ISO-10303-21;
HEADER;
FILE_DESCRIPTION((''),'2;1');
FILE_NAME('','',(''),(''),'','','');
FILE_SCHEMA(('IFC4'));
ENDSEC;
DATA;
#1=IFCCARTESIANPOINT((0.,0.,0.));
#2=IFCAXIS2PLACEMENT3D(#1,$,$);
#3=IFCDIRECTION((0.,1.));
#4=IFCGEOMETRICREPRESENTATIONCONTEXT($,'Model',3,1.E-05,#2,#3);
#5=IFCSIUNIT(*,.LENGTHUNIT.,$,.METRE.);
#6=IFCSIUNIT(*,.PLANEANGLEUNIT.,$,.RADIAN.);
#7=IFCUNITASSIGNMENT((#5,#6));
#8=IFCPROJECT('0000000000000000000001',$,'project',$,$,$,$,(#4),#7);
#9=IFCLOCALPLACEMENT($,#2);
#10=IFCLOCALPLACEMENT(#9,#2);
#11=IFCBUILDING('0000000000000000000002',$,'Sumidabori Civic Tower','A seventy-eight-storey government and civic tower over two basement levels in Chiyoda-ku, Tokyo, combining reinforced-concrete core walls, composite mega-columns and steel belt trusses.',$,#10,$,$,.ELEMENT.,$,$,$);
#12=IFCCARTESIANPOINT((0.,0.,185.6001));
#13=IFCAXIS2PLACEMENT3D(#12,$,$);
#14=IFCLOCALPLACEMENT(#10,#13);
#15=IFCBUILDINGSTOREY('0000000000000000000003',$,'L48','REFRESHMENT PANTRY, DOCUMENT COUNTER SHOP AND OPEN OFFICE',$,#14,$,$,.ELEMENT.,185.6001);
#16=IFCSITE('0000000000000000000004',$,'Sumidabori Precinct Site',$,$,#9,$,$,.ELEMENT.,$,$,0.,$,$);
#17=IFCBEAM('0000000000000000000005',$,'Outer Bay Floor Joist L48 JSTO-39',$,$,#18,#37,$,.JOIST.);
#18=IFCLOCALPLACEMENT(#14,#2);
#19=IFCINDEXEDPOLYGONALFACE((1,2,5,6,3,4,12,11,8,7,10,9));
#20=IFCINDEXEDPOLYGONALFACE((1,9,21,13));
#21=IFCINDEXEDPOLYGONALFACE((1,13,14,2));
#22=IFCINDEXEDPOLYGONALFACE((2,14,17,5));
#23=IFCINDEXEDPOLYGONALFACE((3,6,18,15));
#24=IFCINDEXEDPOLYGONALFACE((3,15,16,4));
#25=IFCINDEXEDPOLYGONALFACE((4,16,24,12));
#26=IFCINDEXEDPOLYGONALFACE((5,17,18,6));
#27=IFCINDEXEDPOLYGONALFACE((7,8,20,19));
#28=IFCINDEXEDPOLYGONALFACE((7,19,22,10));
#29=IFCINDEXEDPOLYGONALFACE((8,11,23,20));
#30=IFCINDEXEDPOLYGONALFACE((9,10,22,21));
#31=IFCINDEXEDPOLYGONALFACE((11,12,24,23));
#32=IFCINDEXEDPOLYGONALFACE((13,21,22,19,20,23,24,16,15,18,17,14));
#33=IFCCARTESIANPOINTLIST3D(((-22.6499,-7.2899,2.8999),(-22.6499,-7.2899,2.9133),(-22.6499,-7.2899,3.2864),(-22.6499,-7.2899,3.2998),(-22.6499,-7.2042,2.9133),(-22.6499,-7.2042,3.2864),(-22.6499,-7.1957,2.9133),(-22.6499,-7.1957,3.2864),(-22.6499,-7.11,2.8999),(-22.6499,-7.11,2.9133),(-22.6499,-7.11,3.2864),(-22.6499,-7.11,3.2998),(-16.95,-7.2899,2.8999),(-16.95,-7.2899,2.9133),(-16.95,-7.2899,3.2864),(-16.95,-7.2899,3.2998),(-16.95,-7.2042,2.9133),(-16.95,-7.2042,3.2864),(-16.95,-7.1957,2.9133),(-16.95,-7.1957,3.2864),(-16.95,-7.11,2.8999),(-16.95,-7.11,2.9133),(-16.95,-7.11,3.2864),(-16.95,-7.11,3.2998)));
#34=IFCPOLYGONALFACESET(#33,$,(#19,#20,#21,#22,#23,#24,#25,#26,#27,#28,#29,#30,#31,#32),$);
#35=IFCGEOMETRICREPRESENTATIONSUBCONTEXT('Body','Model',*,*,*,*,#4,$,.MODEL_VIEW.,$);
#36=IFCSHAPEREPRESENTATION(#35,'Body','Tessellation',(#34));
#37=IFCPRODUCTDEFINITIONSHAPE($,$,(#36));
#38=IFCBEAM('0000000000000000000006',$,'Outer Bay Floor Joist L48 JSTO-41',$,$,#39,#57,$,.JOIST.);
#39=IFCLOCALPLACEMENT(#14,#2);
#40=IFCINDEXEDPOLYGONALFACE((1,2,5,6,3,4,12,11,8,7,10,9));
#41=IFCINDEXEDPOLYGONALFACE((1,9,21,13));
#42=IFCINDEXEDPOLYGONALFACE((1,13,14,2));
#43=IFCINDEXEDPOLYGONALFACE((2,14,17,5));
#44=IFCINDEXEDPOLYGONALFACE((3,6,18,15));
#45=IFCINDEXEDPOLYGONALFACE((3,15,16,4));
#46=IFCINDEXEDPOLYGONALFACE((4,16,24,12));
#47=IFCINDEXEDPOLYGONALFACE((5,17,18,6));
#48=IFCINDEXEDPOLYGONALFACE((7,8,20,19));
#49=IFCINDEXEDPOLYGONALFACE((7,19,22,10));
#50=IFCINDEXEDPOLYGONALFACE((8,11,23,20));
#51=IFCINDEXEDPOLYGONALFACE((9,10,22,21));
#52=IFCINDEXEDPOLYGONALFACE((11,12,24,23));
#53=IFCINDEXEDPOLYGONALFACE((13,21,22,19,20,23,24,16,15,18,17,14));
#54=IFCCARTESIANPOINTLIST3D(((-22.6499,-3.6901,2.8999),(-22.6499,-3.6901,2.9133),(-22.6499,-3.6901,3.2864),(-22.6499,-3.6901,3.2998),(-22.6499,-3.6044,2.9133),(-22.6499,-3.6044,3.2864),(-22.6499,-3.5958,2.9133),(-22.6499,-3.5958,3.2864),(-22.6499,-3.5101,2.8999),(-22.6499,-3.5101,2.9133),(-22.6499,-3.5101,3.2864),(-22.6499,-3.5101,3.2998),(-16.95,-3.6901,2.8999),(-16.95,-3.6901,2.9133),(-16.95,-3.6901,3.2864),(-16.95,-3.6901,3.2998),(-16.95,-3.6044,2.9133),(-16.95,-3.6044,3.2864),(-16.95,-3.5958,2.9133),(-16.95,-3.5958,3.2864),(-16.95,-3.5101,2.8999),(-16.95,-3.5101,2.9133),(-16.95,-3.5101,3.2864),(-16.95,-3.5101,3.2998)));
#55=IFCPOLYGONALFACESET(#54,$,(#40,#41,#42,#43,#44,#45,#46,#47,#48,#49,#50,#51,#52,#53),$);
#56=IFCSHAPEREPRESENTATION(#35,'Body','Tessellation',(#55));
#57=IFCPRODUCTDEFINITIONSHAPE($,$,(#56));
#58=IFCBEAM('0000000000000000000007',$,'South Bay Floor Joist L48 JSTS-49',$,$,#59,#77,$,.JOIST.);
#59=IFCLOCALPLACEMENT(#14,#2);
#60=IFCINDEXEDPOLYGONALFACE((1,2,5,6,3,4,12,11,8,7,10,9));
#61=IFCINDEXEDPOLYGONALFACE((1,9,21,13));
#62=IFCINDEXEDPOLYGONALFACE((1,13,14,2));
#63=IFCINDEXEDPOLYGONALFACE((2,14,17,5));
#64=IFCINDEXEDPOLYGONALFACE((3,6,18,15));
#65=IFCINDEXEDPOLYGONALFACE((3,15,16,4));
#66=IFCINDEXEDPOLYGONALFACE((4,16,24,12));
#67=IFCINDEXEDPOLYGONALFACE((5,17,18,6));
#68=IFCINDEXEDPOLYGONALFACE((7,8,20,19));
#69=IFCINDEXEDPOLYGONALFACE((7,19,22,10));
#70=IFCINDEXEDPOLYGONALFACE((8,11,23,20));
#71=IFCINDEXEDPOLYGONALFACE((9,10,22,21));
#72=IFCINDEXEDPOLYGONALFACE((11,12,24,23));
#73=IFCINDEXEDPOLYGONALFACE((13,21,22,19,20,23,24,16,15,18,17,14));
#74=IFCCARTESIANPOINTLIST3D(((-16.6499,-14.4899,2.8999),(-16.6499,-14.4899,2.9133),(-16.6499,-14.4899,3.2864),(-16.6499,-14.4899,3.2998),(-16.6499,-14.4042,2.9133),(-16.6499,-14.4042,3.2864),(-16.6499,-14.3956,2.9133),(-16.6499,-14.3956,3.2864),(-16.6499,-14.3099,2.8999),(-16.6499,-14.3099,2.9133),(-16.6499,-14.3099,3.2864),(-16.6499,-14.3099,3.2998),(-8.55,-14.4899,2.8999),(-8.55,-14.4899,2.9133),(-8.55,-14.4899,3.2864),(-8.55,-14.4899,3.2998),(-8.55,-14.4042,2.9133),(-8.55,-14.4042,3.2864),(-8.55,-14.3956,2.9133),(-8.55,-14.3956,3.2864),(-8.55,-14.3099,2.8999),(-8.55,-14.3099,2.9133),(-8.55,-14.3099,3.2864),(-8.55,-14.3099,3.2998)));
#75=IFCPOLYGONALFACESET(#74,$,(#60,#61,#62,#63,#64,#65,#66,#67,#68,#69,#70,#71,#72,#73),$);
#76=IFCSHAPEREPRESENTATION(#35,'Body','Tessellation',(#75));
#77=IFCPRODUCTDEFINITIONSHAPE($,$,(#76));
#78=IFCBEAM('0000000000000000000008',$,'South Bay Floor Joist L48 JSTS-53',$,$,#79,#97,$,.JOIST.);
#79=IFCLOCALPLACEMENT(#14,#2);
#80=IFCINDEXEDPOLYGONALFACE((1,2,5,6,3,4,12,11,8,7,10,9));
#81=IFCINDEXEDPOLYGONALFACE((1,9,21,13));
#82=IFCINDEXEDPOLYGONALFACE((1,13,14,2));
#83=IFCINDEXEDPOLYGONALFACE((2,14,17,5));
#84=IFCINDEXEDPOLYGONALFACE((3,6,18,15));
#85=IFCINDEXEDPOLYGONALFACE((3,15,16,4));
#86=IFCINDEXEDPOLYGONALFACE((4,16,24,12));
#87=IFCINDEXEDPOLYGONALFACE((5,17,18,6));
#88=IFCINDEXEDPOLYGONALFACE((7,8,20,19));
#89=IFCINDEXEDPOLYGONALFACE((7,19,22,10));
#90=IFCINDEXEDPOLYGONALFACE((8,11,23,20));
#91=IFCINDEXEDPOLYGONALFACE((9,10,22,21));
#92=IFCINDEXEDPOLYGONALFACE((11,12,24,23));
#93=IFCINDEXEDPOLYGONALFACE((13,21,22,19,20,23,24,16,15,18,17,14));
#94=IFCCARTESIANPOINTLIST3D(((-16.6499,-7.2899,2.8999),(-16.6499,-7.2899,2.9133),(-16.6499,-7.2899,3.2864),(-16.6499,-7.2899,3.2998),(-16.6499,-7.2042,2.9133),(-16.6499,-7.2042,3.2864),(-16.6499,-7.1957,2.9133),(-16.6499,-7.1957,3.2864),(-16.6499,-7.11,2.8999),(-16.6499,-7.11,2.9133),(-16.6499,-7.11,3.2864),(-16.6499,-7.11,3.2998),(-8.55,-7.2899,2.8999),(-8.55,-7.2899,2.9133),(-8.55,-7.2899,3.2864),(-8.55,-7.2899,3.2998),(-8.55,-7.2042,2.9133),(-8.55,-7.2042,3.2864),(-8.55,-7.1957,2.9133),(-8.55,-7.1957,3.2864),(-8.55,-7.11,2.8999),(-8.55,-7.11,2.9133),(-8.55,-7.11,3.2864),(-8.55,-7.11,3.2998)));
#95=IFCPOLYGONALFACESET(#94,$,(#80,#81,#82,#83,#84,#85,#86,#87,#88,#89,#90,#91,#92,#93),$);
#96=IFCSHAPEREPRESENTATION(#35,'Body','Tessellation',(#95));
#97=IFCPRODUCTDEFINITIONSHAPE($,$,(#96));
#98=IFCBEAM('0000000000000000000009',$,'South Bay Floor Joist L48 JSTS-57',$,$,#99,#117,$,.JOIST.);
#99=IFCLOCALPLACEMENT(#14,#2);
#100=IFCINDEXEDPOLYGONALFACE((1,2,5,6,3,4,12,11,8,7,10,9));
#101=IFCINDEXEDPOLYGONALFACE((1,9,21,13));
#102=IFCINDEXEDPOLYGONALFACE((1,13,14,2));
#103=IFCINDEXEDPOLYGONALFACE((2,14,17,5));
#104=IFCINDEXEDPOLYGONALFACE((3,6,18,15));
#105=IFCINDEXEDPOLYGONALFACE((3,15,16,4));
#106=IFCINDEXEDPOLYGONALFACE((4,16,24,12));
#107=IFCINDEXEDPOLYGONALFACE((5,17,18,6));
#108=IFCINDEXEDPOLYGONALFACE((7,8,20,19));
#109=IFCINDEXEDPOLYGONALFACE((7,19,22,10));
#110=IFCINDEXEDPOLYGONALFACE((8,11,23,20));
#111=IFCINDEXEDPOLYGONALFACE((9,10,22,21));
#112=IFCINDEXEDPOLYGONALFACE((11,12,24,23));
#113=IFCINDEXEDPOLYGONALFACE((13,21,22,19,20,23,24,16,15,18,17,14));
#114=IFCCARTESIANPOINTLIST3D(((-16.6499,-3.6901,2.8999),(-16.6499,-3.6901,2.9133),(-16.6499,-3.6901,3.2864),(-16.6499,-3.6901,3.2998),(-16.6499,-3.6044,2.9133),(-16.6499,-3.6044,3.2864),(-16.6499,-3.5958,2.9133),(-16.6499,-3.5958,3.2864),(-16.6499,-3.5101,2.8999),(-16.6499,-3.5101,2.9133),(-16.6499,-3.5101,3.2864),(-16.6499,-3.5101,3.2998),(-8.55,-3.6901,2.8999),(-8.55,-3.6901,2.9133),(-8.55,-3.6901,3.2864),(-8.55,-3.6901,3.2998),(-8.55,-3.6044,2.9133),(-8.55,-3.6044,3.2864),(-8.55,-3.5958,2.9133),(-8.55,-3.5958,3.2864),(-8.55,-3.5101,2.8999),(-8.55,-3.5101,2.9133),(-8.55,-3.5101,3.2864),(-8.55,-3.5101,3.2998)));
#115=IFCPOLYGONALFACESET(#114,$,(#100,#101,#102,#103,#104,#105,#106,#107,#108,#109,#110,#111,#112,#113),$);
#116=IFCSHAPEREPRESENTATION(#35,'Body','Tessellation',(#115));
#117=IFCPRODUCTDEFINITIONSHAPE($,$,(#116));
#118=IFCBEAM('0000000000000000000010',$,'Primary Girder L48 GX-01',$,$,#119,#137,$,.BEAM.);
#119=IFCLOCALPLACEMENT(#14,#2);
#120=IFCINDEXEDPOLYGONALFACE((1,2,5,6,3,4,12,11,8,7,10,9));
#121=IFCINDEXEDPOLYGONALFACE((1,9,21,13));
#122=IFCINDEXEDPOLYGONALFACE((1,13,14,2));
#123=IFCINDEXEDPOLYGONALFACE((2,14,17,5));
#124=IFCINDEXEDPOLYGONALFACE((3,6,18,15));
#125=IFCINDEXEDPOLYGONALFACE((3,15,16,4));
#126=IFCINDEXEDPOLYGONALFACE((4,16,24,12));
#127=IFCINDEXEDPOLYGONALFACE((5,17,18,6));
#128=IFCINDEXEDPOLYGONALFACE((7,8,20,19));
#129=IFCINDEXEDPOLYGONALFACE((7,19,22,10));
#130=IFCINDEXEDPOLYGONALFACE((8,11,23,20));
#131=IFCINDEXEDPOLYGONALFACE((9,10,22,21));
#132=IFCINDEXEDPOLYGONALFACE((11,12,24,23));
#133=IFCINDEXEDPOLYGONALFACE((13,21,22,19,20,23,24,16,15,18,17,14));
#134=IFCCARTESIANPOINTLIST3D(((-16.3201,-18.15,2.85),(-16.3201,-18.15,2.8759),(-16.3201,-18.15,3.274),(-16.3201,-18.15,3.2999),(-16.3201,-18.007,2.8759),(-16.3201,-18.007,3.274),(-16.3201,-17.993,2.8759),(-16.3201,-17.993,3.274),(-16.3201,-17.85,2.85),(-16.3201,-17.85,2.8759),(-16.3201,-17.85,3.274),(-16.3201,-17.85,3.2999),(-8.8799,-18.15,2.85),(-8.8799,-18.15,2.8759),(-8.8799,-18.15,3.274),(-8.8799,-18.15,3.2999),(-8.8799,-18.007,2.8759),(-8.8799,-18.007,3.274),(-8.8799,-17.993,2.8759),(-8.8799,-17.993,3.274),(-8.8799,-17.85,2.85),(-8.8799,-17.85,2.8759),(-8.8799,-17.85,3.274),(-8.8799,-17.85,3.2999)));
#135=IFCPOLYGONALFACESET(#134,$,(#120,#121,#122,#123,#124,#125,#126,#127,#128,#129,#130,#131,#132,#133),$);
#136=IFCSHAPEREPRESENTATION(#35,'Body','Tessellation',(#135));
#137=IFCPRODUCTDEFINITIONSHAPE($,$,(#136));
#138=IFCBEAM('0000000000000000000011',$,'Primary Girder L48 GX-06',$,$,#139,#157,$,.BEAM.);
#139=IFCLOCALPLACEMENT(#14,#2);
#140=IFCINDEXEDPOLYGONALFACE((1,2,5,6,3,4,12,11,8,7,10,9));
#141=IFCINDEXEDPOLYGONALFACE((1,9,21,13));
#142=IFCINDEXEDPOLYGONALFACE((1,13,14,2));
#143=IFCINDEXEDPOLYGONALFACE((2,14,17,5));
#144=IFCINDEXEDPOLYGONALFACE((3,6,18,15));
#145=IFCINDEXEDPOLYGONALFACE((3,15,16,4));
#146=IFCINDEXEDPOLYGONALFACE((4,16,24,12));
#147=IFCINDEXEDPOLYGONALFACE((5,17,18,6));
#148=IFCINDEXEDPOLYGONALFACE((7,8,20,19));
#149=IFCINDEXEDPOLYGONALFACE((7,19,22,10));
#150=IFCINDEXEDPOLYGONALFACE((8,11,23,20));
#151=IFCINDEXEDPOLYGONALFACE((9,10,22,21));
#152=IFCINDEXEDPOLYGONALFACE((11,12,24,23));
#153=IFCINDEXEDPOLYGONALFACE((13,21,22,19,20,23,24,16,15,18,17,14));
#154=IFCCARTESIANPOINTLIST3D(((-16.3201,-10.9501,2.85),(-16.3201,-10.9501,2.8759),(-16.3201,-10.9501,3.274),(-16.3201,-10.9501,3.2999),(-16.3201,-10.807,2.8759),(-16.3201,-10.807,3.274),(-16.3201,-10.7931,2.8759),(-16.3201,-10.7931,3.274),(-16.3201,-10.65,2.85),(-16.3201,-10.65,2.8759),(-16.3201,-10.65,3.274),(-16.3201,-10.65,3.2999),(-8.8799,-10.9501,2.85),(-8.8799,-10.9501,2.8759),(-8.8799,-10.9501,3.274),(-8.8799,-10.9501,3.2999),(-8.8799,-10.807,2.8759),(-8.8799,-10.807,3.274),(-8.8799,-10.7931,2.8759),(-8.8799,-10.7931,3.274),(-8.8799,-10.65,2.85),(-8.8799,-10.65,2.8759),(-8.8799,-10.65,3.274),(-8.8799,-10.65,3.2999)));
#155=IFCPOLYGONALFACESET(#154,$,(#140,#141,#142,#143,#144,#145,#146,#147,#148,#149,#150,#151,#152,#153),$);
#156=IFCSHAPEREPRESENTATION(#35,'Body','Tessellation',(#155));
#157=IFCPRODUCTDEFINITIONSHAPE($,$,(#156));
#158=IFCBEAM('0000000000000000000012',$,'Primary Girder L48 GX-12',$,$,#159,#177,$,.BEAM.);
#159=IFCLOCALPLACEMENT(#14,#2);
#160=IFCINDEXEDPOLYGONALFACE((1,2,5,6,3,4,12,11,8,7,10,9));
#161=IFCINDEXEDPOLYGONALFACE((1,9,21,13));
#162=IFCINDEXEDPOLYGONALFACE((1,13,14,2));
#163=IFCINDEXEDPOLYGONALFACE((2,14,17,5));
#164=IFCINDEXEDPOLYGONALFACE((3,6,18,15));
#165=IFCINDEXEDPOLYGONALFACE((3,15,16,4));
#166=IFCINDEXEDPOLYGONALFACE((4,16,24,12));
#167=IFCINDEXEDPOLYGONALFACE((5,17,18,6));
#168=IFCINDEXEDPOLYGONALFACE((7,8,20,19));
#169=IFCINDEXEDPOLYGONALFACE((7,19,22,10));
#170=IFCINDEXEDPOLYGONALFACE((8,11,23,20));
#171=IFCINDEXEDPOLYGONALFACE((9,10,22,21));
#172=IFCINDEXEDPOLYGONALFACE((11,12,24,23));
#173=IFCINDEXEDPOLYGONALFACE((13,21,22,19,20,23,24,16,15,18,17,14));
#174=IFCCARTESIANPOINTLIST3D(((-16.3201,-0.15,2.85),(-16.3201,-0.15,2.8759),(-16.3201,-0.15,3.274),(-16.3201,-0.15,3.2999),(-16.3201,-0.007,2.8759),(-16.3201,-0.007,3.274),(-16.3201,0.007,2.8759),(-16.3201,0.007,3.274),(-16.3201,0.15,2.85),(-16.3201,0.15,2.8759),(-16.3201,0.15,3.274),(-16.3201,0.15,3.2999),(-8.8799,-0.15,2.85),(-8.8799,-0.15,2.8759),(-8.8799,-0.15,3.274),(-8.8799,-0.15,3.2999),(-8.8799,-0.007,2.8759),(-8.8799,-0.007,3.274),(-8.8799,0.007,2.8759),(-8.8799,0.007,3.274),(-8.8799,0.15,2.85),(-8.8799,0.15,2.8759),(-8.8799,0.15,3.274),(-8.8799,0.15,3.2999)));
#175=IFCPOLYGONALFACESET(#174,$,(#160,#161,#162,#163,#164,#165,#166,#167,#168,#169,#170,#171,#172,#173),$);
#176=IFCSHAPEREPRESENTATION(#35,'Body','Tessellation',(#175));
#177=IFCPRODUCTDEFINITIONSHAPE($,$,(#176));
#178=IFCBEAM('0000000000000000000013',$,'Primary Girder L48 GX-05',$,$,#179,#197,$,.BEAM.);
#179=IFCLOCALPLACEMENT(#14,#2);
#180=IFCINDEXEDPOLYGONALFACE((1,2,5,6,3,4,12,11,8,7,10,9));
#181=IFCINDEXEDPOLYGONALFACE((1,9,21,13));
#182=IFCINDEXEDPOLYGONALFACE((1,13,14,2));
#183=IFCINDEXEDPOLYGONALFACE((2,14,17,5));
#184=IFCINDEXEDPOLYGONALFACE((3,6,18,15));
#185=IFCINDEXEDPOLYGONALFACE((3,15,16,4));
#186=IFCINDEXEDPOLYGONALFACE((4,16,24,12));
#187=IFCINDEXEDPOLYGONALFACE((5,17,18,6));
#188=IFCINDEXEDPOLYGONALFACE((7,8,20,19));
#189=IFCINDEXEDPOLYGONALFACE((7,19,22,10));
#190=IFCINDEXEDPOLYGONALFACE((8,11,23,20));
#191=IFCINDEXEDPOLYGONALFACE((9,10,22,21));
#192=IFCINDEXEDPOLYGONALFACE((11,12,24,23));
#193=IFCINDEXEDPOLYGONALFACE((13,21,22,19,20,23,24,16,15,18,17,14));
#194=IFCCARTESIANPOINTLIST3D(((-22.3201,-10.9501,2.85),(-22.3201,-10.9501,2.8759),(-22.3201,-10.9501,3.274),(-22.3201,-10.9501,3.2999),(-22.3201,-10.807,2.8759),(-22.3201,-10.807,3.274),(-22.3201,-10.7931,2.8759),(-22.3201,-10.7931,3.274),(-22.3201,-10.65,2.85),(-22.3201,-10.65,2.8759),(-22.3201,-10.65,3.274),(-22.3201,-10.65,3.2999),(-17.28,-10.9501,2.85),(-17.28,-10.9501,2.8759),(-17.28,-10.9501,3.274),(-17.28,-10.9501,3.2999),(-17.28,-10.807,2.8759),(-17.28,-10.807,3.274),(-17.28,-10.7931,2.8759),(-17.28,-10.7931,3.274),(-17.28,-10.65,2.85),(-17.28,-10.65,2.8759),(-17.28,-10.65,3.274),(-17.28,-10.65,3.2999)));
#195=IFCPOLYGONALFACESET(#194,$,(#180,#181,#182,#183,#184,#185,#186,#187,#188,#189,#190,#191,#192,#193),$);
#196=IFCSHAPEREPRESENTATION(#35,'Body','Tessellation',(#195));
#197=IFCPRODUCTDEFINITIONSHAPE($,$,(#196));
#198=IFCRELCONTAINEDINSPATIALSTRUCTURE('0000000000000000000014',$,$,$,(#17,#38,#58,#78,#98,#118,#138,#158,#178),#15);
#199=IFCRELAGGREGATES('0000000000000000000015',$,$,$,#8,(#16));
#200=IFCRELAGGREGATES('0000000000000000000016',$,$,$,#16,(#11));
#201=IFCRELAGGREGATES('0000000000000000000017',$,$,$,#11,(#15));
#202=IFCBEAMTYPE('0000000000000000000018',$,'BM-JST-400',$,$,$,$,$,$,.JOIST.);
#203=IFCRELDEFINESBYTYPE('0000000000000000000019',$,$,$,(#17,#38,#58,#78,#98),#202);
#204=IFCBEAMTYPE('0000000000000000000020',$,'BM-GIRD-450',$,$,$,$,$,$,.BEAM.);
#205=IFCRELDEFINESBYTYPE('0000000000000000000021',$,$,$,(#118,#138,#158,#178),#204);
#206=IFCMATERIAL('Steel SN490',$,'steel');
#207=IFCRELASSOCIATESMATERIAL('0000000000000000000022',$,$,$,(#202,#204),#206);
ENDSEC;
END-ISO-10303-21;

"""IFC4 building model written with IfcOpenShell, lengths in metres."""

from ifc_helpers import new_model, si_unit, direction, frame, origin, origin_2d, place, context, subcontext, project, spatial, i_section, extrude, source, transform, mapped, material, material_profile, profile_set, type_object, element, save


model = new_model("IFC4")

# Units and contexts
model_context = context("Model", 3, precision=1e-05, world=origin(), true_north=direction((0.0, 1.0)))
body_context = subcontext(model_context, "Body", "Model", "MODEL_VIEW")
ifc_project = project(units=[si_unit("LENGTHUNIT", "METRE"), si_unit("PLANEANGLEUNIT", "RADIAN")], contexts=[model_context])

# Site, building, storey
site_placement = place(None, origin())
site = spatial("IfcSite", under=ifc_project, at=site_placement, Name="Sumidabori Precinct Site", CompositionType="ELEMENT", RefElevation=0.0)
building_placement = place(site_placement, origin())
building = spatial("IfcBuilding", under=site, at=building_placement, Name="Sumidabori Civic Tower", Description="A seventy-eight-storey government and civic tower over two basement levels in Chiyoda-ku, Tokyo, combining reinforced-concrete core walls, composite mega-columns and steel belt trusses.", CompositionType="ELEMENT")
storey_placement = place(building_placement, frame((0.0, 0.0, 185.6001)))
storey = spatial("IfcBuildingStorey", under=building, at=storey_placement, Name="L48", Description="REFRESHMENT PANTRY, DOCUMENT COUNTER SHOP AND OPEN OFFICE", CompositionType="ELEMENT", Elevation=185.6001)

# Beams
ifc_material_1 = material(Name="Steel SN490", Category="steel")
ifc_material_profile_1 = material_profile(ifc_material_1, i_section(OverallWidth=0.1799, OverallDepth=0.3999, WebThickness=0.0085, FlangeThickness=0.0134, at=origin_2d()), Name="IPE 400")
ifc_profile_set_1 = profile_set([ifc_material_profile_1], Name="Steel SN490")
beam_type_1 = type_object("IfcBeamType", Name="BM-JST-400", PredefinedType="JOIST", material=ifc_profile_set_1)
shared_shape_1 = source(origin(), body_context, "Body", "SweptSolid", [
    extrude(i_section(OverallWidth=0.1799, OverallDepth=0.3999, WebThickness=0.0085, FlangeThickness=0.0134, at=origin_2d()), origin(), (0.0, 0.0, 1.0), 5.7),
])
for number, where, z_axis, x_axis, name in (
    (1, (-22.6499, -7.2, 3.0999), (1.0, 0.0, 0.0), (0.0, 1.0, 0.0), "Outer Bay Floor Joist L48 JSTO-39"),
    (2, (-22.6499, -3.6001, 3.0999), (1.0, 0.0, 0.0), (0.0, 1.0, 0.0), "Outer Bay Floor Joist L48 JSTO-41"),
):
    element("IfcBeam", number, at=place(storey_placement, frame(where, z_axis=z_axis, x_axis=x_axis)), inside=storey, type_object=beam_type_1, Name=name, PredefinedType="JOIST", context=body_context, shape_type="MappedRepresentation", body=[
        mapped(shared_shape_1, transform((0.0, 0.0, 0.0), x_axis=(1.0, 0.0, 0.0), y_axis=(0.0, 1.0, 0.0), z_axis=(0.0, 0.0, 1.0), scale=1.0)),
    ])
shared_shape_2 = source(origin(), body_context, "Body", "SweptSolid", [
    extrude(i_section(OverallWidth=0.1799, OverallDepth=0.3999, WebThickness=0.0085, FlangeThickness=0.0134, at=origin_2d()), origin(), (0.0, 0.0, 1.0), 8.0999),
])
for number, where, z_axis, x_axis, name in (
    (3, (-16.6499, -14.3999, 3.0999), (1.0, 0.0, 0.0), (0.0, 1.0, 0.0), "South Bay Floor Joist L48 JSTS-49"),
    (4, (-16.6499, -7.2, 3.0999), (1.0, 0.0, 0.0), (0.0, 1.0, 0.0), "South Bay Floor Joist L48 JSTS-53"),
    (5, (-16.6499, -3.6001, 3.0999), (1.0, 0.0, 0.0), (0.0, 1.0, 0.0), "South Bay Floor Joist L48 JSTS-57"),
):
    element("IfcBeam", number, at=place(storey_placement, frame(where, z_axis=z_axis, x_axis=x_axis)), inside=storey, type_object=beam_type_1, Name=name, PredefinedType="JOIST", context=body_context, shape_type="MappedRepresentation", body=[
        mapped(shared_shape_2, transform((0.0, 0.0, 0.0), x_axis=(1.0, 0.0, 0.0), y_axis=(0.0, 1.0, 0.0), z_axis=(0.0, 0.0, 1.0), scale=1.0)),
    ])
ifc_material_profile_2 = material_profile(ifc_material_1, i_section(OverallWidth=0.3, OverallDepth=0.45, WebThickness=0.0139, FlangeThickness=0.0259, at=origin_2d()), Name="HE 450 B")
ifc_profile_set_2 = profile_set([ifc_material_profile_2], Name="Steel SN490")
beam_type_2 = type_object("IfcBeamType", Name="BM-GIRD-450", PredefinedType="BEAM", material=ifc_profile_set_2)
shared_shape_3 = source(origin(), body_context, "Body", "SweptSolid", [
    extrude(i_section(OverallWidth=0.3, OverallDepth=0.45, WebThickness=0.0139, FlangeThickness=0.0259, at=origin_2d()), origin(), (0.0, 0.0, 1.0), 7.4402),
])
for number, where, z_axis, x_axis, name in (
    (6, (-16.3201, -18.0, 3.075), (1.0, 0.0, 0.0), (0.0, 1.0, 0.0), "Primary Girder L48 GX-01"),
    (7, (-16.3201, -10.8, 3.075), (1.0, 0.0, 0.0), (0.0, 1.0, 0.0), "Primary Girder L48 GX-06"),
    (8, (-16.3201, 0.0, 3.075), (1.0, 0.0, 0.0), (0.0, 1.0, 0.0), "Primary Girder L48 GX-12"),
):
    element("IfcBeam", number, at=place(storey_placement, frame(where, z_axis=z_axis, x_axis=x_axis)), inside=storey, type_object=beam_type_2, Name=name, PredefinedType="BEAM", context=body_context, shape_type="MappedRepresentation", body=[
        mapped(shared_shape_3, transform((0.0, 0.0, 0.0), x_axis=(1.0, 0.0, 0.0), y_axis=(0.0, 1.0, 0.0), z_axis=(0.0, 0.0, 1.0), scale=1.0)),
    ])
shared_shape_4 = source(origin(), body_context, "Body", "SweptSolid", [
    extrude(i_section(OverallWidth=0.3, OverallDepth=0.45, WebThickness=0.0139, FlangeThickness=0.0259, at=origin_2d()), origin(), (0.0, 0.0, 1.0), 5.04),
])
for number, where, z_axis, x_axis, name in (
    (9, (-22.3201, -10.8, 3.075), (1.0, 0.0, 0.0), (0.0, 1.0, 0.0), "Primary Girder L48 GX-05"),
):
    element("IfcBeam", number, at=place(storey_placement, frame(where, z_axis=z_axis, x_axis=x_axis)), inside=storey, type_object=beam_type_2, Name=name, PredefinedType="BEAM", context=body_context, shape_type="MappedRepresentation", body=[
        mapped(shared_shape_4, transform((0.0, 0.0, 0.0), x_axis=(1.0, 0.0, 0.0), y_axis=(0.0, 1.0, 0.0), z_axis=(0.0, 0.0, 1.0), scale=1.0)),
    ])

save(model, "model.ifc")
